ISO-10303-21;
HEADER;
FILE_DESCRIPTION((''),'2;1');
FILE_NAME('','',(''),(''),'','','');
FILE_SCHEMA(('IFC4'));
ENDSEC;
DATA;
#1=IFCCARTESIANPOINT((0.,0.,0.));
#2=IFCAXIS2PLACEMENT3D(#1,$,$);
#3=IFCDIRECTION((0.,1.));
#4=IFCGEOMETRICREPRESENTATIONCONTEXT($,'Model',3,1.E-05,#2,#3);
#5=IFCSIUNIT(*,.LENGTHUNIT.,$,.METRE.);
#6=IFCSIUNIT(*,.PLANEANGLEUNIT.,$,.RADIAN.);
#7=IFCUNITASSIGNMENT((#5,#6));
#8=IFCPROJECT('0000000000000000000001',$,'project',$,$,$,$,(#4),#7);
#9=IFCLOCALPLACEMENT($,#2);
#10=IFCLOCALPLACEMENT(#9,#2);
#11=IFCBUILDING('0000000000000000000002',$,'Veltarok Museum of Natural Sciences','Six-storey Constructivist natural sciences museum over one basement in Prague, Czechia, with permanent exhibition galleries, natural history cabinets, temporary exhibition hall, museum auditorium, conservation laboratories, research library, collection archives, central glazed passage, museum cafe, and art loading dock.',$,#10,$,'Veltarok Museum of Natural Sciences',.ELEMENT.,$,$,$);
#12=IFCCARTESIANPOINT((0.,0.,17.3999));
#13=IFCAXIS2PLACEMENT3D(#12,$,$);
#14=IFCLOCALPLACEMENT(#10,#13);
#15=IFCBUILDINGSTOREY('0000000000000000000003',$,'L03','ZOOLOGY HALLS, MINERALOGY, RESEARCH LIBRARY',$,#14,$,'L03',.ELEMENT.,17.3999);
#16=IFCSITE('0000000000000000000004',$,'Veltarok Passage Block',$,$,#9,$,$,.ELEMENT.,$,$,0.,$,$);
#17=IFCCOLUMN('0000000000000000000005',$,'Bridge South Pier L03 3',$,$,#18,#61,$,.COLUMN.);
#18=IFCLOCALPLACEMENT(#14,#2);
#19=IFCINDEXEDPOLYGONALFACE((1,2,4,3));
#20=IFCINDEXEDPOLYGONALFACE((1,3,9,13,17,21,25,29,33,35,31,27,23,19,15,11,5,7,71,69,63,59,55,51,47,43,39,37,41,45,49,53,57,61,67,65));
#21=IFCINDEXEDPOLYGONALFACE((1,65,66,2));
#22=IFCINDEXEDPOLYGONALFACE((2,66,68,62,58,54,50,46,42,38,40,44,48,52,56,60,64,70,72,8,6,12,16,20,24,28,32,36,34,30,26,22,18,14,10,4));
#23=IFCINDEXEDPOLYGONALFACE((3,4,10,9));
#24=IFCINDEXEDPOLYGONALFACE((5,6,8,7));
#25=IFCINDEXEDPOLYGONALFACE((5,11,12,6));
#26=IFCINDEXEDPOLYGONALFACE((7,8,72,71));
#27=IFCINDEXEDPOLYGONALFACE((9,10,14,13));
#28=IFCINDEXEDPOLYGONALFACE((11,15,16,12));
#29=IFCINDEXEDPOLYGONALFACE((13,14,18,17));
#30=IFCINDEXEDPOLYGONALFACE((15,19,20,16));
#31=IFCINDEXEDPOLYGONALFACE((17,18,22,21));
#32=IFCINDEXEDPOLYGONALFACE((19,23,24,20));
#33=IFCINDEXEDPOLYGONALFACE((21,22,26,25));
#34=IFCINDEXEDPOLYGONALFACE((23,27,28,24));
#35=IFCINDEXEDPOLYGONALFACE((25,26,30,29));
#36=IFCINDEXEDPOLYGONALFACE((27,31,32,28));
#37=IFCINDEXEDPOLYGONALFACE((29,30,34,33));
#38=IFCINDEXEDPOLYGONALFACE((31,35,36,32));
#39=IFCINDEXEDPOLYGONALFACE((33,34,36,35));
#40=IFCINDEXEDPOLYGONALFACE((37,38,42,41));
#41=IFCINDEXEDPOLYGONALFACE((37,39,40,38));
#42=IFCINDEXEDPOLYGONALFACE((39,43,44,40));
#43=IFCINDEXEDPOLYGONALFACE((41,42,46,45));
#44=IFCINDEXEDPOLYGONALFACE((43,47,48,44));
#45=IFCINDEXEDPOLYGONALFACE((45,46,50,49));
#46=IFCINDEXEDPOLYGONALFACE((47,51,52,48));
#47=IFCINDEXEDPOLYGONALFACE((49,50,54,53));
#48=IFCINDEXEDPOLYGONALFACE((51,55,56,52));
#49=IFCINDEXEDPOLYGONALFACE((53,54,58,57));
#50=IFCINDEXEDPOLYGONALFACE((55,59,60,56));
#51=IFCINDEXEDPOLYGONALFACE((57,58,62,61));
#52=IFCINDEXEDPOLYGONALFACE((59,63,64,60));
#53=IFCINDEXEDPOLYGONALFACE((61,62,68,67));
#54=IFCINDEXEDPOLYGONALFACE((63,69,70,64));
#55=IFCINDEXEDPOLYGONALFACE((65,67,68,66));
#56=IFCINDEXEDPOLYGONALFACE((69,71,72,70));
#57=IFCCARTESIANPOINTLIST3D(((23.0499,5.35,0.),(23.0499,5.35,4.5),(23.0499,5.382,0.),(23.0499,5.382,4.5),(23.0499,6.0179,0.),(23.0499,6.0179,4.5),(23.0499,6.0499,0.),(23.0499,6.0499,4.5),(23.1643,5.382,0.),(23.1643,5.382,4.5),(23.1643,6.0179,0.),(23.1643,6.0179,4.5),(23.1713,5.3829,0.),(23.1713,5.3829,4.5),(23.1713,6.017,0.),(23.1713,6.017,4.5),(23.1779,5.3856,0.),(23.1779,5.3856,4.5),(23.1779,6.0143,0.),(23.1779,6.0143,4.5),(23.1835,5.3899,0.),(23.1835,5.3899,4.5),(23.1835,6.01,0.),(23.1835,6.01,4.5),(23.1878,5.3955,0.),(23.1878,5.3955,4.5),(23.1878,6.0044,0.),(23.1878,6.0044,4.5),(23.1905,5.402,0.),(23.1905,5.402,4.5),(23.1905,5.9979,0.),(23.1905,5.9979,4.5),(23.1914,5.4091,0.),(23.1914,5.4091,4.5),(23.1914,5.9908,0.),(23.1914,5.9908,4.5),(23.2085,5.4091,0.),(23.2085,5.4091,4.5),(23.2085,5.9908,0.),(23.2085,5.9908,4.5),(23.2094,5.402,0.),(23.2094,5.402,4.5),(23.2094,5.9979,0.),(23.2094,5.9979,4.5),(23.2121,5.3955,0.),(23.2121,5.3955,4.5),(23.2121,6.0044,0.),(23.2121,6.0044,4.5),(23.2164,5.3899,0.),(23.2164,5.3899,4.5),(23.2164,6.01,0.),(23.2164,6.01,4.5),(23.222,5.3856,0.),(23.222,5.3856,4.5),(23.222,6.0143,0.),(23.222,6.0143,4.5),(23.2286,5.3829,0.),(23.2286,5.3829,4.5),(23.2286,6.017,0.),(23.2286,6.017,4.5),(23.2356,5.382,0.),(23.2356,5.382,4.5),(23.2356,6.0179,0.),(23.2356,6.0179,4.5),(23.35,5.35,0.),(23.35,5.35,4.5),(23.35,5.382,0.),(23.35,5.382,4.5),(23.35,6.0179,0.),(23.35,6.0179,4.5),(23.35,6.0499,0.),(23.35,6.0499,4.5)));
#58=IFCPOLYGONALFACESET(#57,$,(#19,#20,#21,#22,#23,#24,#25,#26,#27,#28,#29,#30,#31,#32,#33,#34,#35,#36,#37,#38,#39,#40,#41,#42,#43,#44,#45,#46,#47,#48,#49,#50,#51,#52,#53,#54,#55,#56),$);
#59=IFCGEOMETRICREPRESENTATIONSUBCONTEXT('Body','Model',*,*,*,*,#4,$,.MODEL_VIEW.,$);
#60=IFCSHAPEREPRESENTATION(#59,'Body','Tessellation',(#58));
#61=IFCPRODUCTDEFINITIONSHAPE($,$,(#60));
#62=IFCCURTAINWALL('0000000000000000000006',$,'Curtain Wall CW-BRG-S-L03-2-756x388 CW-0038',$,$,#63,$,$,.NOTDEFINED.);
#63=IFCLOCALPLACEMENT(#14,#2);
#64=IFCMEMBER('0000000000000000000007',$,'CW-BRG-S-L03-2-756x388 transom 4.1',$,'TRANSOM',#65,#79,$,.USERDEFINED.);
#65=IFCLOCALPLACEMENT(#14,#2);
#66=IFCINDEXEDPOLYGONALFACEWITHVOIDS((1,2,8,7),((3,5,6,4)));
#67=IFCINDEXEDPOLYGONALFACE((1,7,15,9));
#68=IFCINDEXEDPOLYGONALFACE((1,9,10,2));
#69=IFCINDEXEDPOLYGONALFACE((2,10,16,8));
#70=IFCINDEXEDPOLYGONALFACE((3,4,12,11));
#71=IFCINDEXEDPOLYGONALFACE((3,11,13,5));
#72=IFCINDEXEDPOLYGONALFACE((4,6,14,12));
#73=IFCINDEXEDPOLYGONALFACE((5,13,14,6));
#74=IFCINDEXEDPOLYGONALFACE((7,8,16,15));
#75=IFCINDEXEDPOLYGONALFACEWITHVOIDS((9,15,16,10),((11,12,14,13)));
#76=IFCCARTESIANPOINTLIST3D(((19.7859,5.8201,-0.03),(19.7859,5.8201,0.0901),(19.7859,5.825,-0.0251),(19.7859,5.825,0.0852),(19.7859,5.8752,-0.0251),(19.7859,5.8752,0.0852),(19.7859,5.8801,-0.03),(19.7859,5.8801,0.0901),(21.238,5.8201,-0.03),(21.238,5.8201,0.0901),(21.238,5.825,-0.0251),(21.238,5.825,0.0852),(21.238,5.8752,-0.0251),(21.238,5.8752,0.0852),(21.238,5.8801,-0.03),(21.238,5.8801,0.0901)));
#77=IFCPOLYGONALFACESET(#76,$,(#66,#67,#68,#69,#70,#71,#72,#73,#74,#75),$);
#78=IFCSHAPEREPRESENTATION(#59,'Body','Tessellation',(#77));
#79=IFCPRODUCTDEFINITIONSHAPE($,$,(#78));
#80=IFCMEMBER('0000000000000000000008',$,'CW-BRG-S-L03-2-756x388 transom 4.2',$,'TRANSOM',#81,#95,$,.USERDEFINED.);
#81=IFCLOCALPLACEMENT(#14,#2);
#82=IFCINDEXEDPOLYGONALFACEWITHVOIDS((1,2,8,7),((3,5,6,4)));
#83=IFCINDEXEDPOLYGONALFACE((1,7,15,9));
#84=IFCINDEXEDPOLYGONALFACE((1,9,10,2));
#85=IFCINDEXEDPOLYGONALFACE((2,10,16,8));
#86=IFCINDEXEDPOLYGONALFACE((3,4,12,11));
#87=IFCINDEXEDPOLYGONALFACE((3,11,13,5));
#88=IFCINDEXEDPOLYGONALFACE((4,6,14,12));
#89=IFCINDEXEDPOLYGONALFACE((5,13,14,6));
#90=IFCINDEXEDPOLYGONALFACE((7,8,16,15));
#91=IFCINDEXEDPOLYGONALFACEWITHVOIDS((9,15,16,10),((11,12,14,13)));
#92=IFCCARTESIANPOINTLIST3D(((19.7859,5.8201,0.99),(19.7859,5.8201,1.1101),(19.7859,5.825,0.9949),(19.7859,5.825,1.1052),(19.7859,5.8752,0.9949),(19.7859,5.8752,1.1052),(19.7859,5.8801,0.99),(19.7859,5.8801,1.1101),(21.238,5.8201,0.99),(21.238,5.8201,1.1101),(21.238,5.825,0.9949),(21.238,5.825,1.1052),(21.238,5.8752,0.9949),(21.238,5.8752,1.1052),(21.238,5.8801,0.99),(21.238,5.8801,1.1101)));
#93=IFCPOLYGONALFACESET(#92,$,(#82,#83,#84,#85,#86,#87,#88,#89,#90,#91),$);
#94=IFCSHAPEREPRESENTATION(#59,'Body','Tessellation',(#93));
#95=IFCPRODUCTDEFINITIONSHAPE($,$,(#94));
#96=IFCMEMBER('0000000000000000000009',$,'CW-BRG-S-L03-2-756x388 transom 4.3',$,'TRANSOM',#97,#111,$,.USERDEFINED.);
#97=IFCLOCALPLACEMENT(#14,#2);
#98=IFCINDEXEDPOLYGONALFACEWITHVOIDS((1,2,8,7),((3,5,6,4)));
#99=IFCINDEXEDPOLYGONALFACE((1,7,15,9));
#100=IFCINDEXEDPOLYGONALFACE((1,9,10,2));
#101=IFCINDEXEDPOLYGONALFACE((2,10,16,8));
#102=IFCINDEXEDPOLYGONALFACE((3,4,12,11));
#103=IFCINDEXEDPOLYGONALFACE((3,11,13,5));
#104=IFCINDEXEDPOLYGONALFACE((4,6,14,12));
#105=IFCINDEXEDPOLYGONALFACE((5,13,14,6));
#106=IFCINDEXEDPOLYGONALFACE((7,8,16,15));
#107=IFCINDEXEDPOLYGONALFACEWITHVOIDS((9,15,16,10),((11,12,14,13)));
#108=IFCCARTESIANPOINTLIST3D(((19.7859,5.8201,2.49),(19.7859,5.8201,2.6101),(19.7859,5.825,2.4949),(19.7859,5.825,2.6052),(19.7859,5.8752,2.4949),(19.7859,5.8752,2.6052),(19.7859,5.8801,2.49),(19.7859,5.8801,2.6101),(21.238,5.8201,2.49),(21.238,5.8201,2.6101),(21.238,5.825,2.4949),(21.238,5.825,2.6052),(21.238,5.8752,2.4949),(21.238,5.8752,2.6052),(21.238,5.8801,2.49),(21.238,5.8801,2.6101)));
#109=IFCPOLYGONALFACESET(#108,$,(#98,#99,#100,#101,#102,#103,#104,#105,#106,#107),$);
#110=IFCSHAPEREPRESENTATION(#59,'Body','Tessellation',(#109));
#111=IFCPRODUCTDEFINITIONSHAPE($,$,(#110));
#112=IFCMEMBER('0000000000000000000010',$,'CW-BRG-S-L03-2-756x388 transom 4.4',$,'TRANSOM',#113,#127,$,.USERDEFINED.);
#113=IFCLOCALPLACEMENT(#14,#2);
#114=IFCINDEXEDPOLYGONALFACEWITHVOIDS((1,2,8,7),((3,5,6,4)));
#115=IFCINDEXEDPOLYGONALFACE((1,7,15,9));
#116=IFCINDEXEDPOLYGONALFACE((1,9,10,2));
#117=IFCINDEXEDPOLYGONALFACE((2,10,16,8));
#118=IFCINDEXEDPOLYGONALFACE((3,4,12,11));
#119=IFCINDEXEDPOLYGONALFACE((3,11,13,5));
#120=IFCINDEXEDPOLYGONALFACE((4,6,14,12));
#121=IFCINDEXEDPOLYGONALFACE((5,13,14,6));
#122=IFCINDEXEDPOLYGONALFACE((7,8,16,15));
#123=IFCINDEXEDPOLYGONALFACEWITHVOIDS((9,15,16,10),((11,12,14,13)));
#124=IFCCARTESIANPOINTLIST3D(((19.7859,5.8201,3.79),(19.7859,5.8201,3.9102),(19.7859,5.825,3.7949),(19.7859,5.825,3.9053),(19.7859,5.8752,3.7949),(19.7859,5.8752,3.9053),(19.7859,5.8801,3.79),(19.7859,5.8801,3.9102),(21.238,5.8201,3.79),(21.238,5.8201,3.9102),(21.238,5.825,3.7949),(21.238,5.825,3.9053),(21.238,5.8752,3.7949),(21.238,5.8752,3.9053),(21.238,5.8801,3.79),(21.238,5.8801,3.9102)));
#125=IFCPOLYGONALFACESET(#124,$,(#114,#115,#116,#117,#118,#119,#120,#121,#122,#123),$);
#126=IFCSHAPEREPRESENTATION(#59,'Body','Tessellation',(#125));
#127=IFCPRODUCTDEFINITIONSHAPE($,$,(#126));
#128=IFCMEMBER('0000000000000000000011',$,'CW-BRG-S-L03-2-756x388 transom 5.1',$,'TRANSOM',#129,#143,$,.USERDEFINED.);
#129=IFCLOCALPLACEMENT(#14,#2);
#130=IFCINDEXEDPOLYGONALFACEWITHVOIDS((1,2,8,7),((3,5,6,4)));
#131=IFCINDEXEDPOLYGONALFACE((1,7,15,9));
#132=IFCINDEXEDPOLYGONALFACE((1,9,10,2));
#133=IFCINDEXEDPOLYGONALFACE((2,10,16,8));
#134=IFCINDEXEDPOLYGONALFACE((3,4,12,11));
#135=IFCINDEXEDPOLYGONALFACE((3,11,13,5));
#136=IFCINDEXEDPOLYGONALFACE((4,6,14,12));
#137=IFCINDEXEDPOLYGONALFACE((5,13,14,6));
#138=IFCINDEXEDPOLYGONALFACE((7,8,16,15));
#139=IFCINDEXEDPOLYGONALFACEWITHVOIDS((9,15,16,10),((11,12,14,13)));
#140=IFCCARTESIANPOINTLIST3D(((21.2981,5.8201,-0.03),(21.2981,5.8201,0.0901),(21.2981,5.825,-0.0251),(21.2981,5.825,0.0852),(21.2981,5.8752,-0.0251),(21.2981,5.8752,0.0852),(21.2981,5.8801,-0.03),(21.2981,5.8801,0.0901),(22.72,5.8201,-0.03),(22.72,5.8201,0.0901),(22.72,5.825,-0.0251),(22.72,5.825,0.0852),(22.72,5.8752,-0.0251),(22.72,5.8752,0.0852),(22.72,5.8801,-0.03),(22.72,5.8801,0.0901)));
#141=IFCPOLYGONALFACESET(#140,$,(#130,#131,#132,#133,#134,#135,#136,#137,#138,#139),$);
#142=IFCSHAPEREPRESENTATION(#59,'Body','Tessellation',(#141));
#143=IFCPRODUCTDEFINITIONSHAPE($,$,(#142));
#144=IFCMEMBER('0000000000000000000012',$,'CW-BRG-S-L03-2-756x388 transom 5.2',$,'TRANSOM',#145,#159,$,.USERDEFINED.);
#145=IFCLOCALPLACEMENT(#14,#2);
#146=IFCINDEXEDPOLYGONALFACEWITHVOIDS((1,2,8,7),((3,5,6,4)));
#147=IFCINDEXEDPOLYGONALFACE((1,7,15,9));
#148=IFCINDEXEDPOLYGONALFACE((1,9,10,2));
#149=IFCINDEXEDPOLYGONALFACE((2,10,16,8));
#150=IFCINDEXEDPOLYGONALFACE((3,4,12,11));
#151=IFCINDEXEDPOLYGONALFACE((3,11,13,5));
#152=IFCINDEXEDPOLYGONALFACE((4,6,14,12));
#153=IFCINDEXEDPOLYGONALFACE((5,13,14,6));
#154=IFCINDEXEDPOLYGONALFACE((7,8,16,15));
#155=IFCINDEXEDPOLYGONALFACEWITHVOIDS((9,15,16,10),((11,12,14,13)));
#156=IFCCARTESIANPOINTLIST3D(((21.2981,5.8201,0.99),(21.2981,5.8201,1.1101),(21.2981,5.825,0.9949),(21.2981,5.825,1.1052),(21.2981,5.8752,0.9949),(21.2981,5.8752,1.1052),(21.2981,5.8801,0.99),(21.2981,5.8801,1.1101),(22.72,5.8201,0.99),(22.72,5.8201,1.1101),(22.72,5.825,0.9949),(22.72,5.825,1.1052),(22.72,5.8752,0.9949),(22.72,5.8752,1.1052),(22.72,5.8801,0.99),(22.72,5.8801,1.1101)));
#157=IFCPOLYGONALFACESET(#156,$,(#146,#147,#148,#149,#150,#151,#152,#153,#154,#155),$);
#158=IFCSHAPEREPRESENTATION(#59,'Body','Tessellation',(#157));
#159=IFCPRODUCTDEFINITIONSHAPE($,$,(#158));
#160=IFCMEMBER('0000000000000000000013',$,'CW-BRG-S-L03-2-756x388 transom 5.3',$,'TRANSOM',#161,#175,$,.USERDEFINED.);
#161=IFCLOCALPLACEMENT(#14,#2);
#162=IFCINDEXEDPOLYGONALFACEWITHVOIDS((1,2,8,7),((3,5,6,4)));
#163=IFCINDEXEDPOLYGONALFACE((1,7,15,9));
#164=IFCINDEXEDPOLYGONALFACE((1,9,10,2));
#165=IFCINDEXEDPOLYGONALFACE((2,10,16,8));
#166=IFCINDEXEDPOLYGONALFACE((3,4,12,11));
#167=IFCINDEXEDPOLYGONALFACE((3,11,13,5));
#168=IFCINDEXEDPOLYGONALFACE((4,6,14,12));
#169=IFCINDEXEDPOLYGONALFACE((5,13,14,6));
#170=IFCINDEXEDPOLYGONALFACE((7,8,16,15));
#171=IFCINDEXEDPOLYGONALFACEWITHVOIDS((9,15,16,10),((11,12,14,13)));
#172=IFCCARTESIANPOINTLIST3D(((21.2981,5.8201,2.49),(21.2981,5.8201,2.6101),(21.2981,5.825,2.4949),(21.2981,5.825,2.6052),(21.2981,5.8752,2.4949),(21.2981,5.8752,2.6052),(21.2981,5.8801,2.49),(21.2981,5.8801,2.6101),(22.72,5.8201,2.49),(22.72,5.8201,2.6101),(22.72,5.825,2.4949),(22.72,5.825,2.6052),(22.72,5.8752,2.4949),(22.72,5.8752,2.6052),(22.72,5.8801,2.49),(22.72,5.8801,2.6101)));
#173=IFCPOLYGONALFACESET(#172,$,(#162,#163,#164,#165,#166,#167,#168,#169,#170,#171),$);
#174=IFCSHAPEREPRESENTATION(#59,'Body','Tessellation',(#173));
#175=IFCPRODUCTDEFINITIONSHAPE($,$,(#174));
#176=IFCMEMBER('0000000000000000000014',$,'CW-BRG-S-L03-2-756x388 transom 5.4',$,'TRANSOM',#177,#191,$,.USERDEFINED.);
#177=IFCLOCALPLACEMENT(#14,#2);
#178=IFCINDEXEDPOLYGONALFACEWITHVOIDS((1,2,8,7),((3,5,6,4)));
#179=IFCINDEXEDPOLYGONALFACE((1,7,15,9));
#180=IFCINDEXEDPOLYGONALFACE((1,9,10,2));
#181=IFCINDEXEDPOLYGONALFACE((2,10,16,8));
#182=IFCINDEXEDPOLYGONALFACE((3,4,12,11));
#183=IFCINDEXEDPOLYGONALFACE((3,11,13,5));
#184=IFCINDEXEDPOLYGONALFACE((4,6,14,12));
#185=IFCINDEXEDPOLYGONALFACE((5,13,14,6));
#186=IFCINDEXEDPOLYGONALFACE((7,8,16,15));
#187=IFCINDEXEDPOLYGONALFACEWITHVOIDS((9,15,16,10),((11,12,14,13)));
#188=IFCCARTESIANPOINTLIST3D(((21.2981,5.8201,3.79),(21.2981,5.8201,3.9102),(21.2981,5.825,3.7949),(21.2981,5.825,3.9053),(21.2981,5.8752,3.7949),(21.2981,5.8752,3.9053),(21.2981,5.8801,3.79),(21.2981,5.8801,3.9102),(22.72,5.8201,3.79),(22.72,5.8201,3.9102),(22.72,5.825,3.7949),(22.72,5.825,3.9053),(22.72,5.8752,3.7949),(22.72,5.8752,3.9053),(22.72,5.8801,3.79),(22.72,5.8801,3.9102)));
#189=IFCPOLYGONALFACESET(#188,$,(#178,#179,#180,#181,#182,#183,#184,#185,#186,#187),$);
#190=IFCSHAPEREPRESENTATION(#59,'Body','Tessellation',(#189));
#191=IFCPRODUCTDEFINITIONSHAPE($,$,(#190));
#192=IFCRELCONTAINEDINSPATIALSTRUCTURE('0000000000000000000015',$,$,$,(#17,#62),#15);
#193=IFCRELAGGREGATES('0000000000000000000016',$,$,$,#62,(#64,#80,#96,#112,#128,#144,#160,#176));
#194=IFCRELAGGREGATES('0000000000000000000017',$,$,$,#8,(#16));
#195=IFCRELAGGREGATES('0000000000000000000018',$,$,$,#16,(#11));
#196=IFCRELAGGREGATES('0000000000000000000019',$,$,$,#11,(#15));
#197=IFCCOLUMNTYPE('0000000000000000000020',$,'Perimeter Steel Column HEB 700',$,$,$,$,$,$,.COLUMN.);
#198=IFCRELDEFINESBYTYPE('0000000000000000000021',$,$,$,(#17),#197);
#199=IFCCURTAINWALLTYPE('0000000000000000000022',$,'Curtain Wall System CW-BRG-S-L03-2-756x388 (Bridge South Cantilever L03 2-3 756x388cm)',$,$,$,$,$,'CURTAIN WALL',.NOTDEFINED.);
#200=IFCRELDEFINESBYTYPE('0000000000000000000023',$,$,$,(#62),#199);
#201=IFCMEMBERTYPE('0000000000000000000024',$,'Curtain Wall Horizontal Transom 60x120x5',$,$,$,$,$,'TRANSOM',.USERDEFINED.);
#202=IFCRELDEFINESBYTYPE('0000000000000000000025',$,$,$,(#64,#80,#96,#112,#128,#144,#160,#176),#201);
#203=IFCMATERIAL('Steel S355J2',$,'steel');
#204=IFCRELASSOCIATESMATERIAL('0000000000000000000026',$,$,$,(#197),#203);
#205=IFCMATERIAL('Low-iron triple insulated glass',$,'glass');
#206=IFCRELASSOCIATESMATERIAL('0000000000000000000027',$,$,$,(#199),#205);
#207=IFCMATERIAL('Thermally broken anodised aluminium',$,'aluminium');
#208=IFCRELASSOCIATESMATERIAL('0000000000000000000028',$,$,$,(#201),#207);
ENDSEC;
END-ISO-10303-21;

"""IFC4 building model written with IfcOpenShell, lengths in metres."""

from ifc_helpers import new_model, si_unit, direction, frame, origin, origin_2d, place, context, subcontext, project, spatial, hollow_rectangle, i_section, extrude, material, material_profile, profile_set, type_object, element, aggregate, save


model = new_model("IFC4")

# Units and contexts
model_context = context("Model", 3, precision=1e-05, world=origin(), true_north=direction((0.0, 1.0)))
body_context = subcontext(model_context, "Body", "Model", "MODEL_VIEW")
ifc_project = project(units=[si_unit("LENGTHUNIT", "METRE"), si_unit("PLANEANGLEUNIT", "RADIAN")], contexts=[model_context])

# Site, building, storey
site_placement = place(None, origin())
site = spatial("IfcSite", under=ifc_project, at=site_placement, Name="Veltarok Passage Block", CompositionType="ELEMENT", RefElevation=0.0)
building_placement = place(site_placement, origin())
building = spatial("IfcBuilding", under=site, at=building_placement, Name="Veltarok Museum of Natural Sciences", Description="Six-storey Constructivist natural sciences museum over one basement in Prague, Czechia, with permanent exhibition galleries, natural history cabinets, temporary exhibition hall, museum auditorium, conservation laboratories, research library, collection archives, central glazed passage, museum cafe, and art loading dock.", LongName="Veltarok Museum of Natural Sciences", CompositionType="ELEMENT")
storey_placement = place(building_placement, frame((0.0, 0.0, 17.3999)))
storey = spatial("IfcBuildingStorey", under=building, at=storey_placement, Name="L03", Description="ZOOLOGY HALLS, MINERALOGY, RESEARCH LIBRARY", LongName="L03", CompositionType="ELEMENT", Elevation=17.3999)

# Column
ifc_material_1 = material(Name="Steel S355J2", Category="steel")
ifc_material_profile_1 = material_profile(ifc_material_1, i_section(OverallWidth=0.3, OverallDepth=0.7, WebThickness=0.0171, FlangeThickness=0.032, FilletRadius=0.0271, at=origin_2d()), Name="HEB 700")
ifc_profile_set_1 = profile_set([ifc_material_profile_1], Name="Steel S355J2")
column_type = type_object("IfcColumnType", Name="Perimeter Steel Column HEB 700", PredefinedType="COLUMN", material=ifc_profile_set_1)
column_placement = place(storey_placement, frame((23.2, 5.7, 0.0), z_axis=(0.0, 0.0, 1.0), x_axis=(1.0, 0.0, 0.0)))
element("IfcColumn", 1, at=column_placement, inside=storey, type_object=column_type, Name="Bridge South Pier L03 3", PredefinedType="COLUMN", context=body_context, shape_type="SweptSolid", body=[
    extrude(i_section(OverallWidth=0.3, OverallDepth=0.7, WebThickness=0.0171, FlangeThickness=0.032, FilletRadius=0.0271, at=origin_2d()), origin(), (0.0, 0.0, 1.0), 4.5),
])

# Curtain wall, members
ifc_material_2 = material(Name="Low-iron triple insulated glass", Category="glass")
curtain_wall_type_1 = type_object("IfcCurtainWallType", Name="Curtain Wall System CW-BRG-S-L03-2-756x388 (Bridge South Cantilever L03 2-3 756x388cm)", ElementType="CURTAIN WALL", PredefinedType="NOTDEFINED", material=ifc_material_2)
curtain_wall_1_placement = place(storey_placement, origin())
curtain_wall_1 = element("IfcCurtainWall", 2, at=curtain_wall_1_placement, inside=storey, type_object=curtain_wall_type_1, Name="Curtain Wall CW-BRG-S-L03-2-756x388 CW-0038", PredefinedType="NOTDEFINED")
ifc_material_3 = material(Name="Thermally broken anodised aluminium", Category="aluminium")
ifc_material_profile_2 = material_profile(ifc_material_3, hollow_rectangle(XDim=0.0601, YDim=0.1201, WallThickness=0.0049, at=origin_2d()), Name="CW TRANSOM 60x120x5")
ifc_profile_set_2 = profile_set([ifc_material_profile_2], Name="Thermally broken anodised aluminium")
member_type_1 = type_object("IfcMemberType", Name="Curtain Wall Horizontal Transom 60x120x5", ElementType="TRANSOM", PredefinedType="USERDEFINED", material=ifc_profile_set_2)
member_1_placement = place(storey_placement, frame((19.7859, 5.8501, 0.03), z_axis=(1.0, 0.0, 0.0), x_axis=(0.0, 1.0, 0.0)))
member_1 = element("IfcMember", 3, at=member_1_placement, type_object=member_type_1, Name="CW-BRG-S-L03-2-756x388 transom 4.1", ObjectType="TRANSOM", PredefinedType="USERDEFINED", context=body_context, shape_type="SweptSolid", body=[
    extrude(hollow_rectangle(XDim=0.0601, YDim=0.1201, WallThickness=0.0049, at=origin_2d()), origin(), (0.0, 0.0, 1.0), 1.4521),
])
member_2_placement = place(storey_placement, frame((19.7859, 5.8501, 1.05), z_axis=(1.0, 0.0, 0.0), x_axis=(0.0, 1.0, 0.0)))
member_2 = element("IfcMember", 4, at=member_2_placement, type_object=member_type_1, Name="CW-BRG-S-L03-2-756x388 transom 4.2", ObjectType="TRANSOM", PredefinedType="USERDEFINED", context=body_context, shape_type="SweptSolid", body=[
    extrude(hollow_rectangle(XDim=0.0601, YDim=0.1201, WallThickness=0.0049, at=origin_2d()), origin(), (0.0, 0.0, 1.0), 1.4521),
])
member_3_placement = place(storey_placement, frame((19.7859, 5.8501, 2.55), z_axis=(1.0, 0.0, 0.0), x_axis=(0.0, 1.0, 0.0)))
member_3 = element("IfcMember", 5, at=member_3_placement, type_object=member_type_1, Name="CW-BRG-S-L03-2-756x388 transom 4.3", ObjectType="TRANSOM", PredefinedType="USERDEFINED", context=body_context, shape_type="SweptSolid", body=[
    extrude(hollow_rectangle(XDim=0.0601, YDim=0.1201, WallThickness=0.0049, at=origin_2d()), origin(), (0.0, 0.0, 1.0), 1.4521),
])
member_4_placement = place(storey_placement, frame((19.7859, 5.8501, 3.8501), z_axis=(1.0, 0.0, 0.0), x_axis=(0.0, 1.0, 0.0)))
member_4 = element("IfcMember", 6, at=member_4_placement, type_object=member_type_1, Name="CW-BRG-S-L03-2-756x388 transom 4.4", ObjectType="TRANSOM", PredefinedType="USERDEFINED", context=body_context, shape_type="SweptSolid", body=[
    extrude(hollow_rectangle(XDim=0.0601, YDim=0.1201, WallThickness=0.0049, at=origin_2d()), origin(), (0.0, 0.0, 1.0), 1.4521),
])
member_5_placement = place(storey_placement, frame((21.2981, 5.8501, 0.03), z_axis=(1.0, 0.0, 0.0), x_axis=(0.0, 1.0, 0.0)))
member_5 = element("IfcMember", 7, at=member_5_placement, type_object=member_type_1, Name="CW-BRG-S-L03-2-756x388 transom 5.1", ObjectType="TRANSOM", PredefinedType="USERDEFINED", context=body_context, shape_type="SweptSolid", body=[
    extrude(hollow_rectangle(XDim=0.0601, YDim=0.1201, WallThickness=0.0049, at=origin_2d()), origin(), (0.0, 0.0, 1.0), 1.4219),
])
member_6_placement = place(storey_placement, frame((21.2981, 5.8501, 1.05), z_axis=(1.0, 0.0, 0.0), x_axis=(0.0, 1.0, 0.0)))
member_6 = element("IfcMember", 8, at=member_6_placement, type_object=member_type_1, Name="CW-BRG-S-L03-2-756x388 transom 5.2", ObjectType="TRANSOM", PredefinedType="USERDEFINED", context=body_context, shape_type="SweptSolid", body=[
    extrude(hollow_rectangle(XDim=0.0601, YDim=0.1201, WallThickness=0.0049, at=origin_2d()), origin(), (0.0, 0.0, 1.0), 1.4219),
])
member_7_placement = place(storey_placement, frame((21.2981, 5.8501, 2.55), z_axis=(1.0, 0.0, 0.0), x_axis=(0.0, 1.0, 0.0)))
member_7 = element("IfcMember", 9, at=member_7_placement, type_object=member_type_1, Name="CW-BRG-S-L03-2-756x388 transom 5.3", ObjectType="TRANSOM", PredefinedType="USERDEFINED", context=body_context, shape_type="SweptSolid", body=[
    extrude(hollow_rectangle(XDim=0.0601, YDim=0.1201, WallThickness=0.0049, at=origin_2d()), origin(), (0.0, 0.0, 1.0), 1.4219),
])
member_8_placement = place(storey_placement, frame((21.2981, 5.8501, 3.8501), z_axis=(1.0, 0.0, 0.0), x_axis=(0.0, 1.0, 0.0)))
member_8 = element("IfcMember", 10, at=member_8_placement, type_object=member_type_1, Name="CW-BRG-S-L03-2-756x388 transom 5.4", ObjectType="TRANSOM", PredefinedType="USERDEFINED", context=body_context, shape_type="SweptSolid", body=[
    extrude(hollow_rectangle(XDim=0.0601, YDim=0.1201, WallThickness=0.0049, at=origin_2d()), origin(), (0.0, 0.0, 1.0), 1.4219),
])

aggregate(curtain_wall_1, [member_1, member_2, member_3, member_4, member_5, member_6, member_7, member_8])

save(model, "model.ifc")
